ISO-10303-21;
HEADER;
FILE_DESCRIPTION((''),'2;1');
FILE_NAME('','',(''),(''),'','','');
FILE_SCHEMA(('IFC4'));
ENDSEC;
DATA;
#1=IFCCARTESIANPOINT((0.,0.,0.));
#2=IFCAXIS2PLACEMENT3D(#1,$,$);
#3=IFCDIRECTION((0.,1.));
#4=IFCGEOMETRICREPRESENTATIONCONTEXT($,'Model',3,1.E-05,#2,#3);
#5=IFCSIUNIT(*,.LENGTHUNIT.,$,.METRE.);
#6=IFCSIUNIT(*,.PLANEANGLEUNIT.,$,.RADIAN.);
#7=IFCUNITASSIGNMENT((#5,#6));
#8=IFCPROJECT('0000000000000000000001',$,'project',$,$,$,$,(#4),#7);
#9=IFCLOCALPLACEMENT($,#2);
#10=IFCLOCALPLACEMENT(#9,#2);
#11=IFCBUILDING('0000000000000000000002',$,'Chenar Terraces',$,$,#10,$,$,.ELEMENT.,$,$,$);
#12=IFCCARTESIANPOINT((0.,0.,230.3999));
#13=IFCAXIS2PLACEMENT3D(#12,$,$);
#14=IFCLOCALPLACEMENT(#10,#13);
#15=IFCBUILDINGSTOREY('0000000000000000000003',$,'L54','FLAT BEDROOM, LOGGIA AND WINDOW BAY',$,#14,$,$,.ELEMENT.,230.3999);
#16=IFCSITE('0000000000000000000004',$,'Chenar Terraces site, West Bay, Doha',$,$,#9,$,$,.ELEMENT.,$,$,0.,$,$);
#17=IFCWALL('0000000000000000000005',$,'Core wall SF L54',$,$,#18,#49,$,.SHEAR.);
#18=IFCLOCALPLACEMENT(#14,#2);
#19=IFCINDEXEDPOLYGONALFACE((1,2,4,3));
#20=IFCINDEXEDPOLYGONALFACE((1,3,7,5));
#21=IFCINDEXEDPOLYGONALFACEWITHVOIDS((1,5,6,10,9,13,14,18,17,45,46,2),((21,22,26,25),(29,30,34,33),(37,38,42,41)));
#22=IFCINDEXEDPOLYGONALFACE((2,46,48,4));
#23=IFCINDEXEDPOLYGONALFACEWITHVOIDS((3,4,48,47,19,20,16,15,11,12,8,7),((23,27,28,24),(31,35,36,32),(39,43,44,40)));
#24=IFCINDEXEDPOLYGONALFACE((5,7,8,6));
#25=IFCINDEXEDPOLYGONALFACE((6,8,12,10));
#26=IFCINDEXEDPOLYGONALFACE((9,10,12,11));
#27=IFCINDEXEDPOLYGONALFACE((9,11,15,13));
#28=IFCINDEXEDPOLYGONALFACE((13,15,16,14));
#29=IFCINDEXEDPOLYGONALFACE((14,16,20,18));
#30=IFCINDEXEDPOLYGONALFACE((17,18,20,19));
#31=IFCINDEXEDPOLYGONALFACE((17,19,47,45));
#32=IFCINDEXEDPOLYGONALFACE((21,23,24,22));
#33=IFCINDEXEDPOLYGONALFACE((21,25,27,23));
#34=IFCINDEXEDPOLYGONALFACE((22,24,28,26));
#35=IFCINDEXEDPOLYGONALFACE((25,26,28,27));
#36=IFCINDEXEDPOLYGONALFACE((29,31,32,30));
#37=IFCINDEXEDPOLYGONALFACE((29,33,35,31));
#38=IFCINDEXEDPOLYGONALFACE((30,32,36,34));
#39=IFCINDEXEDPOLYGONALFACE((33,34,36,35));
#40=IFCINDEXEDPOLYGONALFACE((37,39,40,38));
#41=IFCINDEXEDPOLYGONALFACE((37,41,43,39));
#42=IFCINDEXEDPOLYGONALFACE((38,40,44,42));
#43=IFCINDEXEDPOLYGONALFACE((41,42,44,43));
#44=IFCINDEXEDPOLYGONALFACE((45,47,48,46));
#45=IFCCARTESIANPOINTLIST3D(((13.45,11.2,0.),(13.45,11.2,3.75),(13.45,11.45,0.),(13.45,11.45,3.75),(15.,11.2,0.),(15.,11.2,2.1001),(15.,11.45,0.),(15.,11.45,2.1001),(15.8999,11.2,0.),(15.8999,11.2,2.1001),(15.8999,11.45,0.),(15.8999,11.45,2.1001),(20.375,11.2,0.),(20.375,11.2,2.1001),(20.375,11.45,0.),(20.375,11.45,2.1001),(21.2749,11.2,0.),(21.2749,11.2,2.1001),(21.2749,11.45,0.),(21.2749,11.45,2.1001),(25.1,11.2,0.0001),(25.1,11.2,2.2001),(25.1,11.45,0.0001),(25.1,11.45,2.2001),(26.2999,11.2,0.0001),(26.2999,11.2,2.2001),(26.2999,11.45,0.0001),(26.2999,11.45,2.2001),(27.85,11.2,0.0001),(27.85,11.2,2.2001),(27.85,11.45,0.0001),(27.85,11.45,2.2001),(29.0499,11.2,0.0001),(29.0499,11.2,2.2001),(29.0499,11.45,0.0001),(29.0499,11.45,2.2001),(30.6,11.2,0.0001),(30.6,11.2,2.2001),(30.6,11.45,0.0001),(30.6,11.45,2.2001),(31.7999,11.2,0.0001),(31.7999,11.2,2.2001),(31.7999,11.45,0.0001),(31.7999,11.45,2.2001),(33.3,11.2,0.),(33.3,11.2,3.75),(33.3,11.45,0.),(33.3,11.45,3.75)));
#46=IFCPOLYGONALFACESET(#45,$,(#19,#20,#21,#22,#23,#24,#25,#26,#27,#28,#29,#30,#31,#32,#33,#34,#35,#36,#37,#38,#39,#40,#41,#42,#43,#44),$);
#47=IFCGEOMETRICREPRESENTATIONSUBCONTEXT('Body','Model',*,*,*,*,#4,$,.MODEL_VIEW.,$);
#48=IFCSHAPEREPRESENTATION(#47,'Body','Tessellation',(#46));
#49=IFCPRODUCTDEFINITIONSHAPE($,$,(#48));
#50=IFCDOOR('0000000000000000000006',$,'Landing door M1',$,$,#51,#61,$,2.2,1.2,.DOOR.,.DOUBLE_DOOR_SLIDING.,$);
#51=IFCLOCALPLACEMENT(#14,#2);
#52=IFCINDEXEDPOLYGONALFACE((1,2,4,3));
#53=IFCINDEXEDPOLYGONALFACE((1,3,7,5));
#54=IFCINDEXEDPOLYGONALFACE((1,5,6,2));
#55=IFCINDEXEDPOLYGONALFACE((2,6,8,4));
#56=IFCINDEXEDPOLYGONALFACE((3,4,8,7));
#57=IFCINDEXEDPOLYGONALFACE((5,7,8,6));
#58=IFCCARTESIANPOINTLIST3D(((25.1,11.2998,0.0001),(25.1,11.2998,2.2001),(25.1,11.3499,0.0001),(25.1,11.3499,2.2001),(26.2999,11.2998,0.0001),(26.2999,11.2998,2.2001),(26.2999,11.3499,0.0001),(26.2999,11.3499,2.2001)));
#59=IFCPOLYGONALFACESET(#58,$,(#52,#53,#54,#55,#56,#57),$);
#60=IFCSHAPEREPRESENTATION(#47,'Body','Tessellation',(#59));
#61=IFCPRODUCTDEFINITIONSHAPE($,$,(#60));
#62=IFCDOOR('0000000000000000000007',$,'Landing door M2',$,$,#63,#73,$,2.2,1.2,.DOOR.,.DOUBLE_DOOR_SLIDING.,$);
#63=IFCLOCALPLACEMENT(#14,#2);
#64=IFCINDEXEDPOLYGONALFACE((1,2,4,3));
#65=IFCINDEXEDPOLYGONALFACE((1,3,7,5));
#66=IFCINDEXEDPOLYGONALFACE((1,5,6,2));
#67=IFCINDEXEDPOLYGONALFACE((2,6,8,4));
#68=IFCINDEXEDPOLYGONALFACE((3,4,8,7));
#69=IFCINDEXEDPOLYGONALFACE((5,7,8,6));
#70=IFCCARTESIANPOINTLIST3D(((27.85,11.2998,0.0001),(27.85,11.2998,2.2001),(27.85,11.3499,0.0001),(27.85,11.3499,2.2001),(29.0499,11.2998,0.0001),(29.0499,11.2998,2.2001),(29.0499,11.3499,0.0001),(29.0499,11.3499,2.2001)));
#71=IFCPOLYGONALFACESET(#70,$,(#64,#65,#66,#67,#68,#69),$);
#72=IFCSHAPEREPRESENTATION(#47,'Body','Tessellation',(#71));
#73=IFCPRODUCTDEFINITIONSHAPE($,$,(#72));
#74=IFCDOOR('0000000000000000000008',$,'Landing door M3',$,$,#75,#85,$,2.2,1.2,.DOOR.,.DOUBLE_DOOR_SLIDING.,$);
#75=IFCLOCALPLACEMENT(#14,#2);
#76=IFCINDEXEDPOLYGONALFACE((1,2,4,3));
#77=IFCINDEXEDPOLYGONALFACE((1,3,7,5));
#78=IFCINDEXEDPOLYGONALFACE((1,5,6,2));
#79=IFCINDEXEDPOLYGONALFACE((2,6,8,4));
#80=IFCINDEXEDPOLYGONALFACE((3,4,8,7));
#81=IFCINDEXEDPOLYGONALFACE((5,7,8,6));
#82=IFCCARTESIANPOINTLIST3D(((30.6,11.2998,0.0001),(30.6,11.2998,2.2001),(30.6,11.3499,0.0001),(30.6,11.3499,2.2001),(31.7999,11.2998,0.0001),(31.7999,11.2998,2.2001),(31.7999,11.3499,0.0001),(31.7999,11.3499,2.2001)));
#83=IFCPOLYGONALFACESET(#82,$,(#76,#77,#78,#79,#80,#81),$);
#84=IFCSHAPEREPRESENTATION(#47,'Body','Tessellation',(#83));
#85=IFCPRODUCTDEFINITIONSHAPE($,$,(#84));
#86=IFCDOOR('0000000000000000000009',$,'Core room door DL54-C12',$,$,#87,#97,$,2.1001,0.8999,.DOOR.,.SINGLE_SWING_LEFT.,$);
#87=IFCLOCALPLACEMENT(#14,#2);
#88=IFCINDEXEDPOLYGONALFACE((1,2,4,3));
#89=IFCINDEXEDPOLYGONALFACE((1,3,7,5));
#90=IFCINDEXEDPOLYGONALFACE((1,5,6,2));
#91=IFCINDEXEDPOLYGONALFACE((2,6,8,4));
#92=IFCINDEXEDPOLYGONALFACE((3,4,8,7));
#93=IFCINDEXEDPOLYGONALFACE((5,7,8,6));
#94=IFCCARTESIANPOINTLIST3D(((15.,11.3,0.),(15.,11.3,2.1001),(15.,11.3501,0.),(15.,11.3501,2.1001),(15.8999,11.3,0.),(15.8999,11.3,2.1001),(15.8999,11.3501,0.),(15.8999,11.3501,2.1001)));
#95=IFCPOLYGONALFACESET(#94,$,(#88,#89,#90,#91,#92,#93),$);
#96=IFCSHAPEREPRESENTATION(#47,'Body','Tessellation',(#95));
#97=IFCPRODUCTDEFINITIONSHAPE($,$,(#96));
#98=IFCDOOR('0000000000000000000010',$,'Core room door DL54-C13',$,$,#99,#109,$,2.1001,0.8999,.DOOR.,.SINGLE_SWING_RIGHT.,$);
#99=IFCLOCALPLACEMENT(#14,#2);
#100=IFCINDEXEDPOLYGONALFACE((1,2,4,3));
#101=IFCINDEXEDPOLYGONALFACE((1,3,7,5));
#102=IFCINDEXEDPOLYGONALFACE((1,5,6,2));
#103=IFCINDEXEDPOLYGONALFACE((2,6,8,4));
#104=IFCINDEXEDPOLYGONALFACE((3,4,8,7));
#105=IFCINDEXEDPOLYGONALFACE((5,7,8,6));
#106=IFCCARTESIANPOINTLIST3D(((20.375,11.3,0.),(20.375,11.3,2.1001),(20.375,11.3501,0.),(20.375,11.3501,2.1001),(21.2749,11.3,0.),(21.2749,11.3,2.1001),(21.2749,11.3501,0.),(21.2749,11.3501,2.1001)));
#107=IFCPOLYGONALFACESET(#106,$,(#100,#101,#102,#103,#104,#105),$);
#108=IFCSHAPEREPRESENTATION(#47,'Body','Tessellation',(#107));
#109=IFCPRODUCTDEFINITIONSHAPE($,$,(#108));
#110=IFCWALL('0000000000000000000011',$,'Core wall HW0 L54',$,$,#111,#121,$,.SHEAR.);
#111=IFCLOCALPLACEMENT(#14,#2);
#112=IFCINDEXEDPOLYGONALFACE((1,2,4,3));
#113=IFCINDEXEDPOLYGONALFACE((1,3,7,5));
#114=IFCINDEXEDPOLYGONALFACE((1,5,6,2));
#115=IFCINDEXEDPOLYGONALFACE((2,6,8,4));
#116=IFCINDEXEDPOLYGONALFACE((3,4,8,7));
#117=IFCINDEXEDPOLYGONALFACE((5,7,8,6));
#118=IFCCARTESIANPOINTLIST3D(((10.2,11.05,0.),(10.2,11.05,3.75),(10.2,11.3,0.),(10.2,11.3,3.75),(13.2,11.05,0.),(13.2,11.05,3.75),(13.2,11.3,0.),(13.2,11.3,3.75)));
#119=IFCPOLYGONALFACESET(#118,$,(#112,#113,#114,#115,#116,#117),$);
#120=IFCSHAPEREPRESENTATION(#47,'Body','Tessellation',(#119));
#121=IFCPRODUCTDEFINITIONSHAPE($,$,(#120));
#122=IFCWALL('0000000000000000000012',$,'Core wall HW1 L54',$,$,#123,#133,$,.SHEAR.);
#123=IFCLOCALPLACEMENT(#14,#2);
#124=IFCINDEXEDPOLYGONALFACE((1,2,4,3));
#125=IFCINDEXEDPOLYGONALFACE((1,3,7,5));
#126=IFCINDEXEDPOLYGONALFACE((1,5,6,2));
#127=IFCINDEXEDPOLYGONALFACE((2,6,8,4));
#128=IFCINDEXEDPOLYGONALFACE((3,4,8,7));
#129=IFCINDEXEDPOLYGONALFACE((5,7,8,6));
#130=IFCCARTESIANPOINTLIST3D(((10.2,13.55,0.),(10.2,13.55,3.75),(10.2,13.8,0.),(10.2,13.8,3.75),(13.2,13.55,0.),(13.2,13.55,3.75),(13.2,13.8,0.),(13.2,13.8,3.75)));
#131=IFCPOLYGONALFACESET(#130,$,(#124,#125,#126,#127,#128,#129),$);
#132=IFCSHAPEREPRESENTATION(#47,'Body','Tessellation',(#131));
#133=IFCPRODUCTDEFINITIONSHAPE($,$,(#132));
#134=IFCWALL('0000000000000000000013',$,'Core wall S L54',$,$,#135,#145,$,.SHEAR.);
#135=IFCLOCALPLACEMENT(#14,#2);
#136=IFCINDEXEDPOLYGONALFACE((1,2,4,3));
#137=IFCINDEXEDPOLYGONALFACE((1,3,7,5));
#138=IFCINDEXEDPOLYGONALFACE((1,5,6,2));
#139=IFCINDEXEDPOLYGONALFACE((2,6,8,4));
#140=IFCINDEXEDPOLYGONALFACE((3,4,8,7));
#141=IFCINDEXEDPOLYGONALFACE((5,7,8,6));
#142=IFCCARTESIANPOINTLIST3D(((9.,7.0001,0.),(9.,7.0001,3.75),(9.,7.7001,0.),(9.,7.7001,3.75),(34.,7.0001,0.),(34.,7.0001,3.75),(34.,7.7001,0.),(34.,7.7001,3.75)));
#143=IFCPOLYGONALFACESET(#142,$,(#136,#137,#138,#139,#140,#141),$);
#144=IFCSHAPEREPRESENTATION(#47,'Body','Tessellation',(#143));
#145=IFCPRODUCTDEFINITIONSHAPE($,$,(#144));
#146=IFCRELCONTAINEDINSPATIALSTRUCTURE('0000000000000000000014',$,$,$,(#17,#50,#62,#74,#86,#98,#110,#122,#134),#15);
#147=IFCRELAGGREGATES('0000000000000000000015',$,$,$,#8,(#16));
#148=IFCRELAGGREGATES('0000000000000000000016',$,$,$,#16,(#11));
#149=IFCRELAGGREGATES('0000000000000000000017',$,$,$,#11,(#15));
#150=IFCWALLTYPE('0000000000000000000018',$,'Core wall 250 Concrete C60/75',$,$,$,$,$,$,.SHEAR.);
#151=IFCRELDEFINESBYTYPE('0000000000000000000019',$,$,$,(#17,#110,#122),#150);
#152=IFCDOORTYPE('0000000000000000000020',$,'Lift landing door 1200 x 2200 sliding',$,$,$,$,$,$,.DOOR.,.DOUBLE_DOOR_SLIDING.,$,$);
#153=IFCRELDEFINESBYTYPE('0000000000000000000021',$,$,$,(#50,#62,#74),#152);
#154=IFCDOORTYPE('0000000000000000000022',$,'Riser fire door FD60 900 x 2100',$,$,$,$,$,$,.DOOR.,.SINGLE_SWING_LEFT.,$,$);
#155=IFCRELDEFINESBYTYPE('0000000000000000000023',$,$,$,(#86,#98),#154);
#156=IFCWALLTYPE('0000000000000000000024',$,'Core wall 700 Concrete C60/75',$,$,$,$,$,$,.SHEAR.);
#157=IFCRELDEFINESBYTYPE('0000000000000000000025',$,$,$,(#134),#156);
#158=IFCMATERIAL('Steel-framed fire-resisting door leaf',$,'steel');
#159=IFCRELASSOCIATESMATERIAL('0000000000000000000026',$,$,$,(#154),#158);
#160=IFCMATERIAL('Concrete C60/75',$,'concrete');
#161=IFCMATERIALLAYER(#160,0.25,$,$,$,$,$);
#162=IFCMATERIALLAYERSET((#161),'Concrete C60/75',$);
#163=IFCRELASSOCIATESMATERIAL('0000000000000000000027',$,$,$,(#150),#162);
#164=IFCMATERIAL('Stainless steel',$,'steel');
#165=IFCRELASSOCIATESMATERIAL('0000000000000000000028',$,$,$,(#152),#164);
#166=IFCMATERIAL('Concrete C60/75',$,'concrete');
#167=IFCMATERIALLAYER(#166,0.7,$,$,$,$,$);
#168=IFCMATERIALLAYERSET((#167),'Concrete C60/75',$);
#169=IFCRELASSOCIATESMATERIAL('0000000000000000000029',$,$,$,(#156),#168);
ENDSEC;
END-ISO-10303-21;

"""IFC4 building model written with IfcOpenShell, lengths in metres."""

from ifc_helpers import new_model, si_unit, direction, frame, frame_2d, origin, place, context, subcontext, project, spatial, rectangle, extrude, material, layer, layer_set, type_object, element, fill, save


model = new_model("IFC4")

# Units and contexts
model_context = context("Model", 3, precision=1e-05, world=origin(), true_north=direction((0.0, 1.0)))
body_context = subcontext(model_context, "Body", "Model", "MODEL_VIEW")
ifc_project = project(units=[si_unit("LENGTHUNIT", "METRE"), si_unit("PLANEANGLEUNIT", "RADIAN")], contexts=[model_context])

# Site, building, storey
site_placement = place(None, origin())
site = spatial("IfcSite", under=ifc_project, at=site_placement, Name="Chenar Terraces site, West Bay, Doha", CompositionType="ELEMENT", RefElevation=0.0)
building_placement = place(site_placement, origin())
building = spatial("IfcBuilding", under=site, at=building_placement, Name="Chenar Terraces", CompositionType="ELEMENT")
storey_placement = place(building_placement, frame((0.0, 0.0, 230.3999)))
storey = spatial("IfcBuildingStorey", under=building, at=storey_placement, Name="L54", Description="FLAT BEDROOM, LOGGIA AND WINDOW BAY", CompositionType="ELEMENT", Elevation=230.3999)

# Shared definitions
ifc_material_1 = material(Name="Steel-framed fire-resisting door leaf", Category="steel")
door_type_1 = type_object("IfcDoorType", Name="Riser fire door FD60 900 x 2100", OperationType="SINGLE_SWING_LEFT", PredefinedType="DOOR", material=ifc_material_1)

# Shared definitions
ifc_material_2 = material(Name="Concrete C60/75", Category="concrete")
ifc_layer_1 = layer(ifc_material_2, 0.25)
ifc_layer_set_1 = layer_set([ifc_layer_1], Name="Concrete C60/75")
wall_type_1 = type_object("IfcWallType", Name="Core wall 250 Concrete C60/75", PredefinedType="SHEAR", material=ifc_layer_set_1)

# Wall, openings, doors
wall_1_placement = place(storey_placement, frame((13.45, 11.325, 0.0), z_axis=(0.0, 0.0, 1.0), x_axis=(1.0, 0.0, 0.0)))
wall_1 = element("IfcWall", 1, at=wall_1_placement, inside=storey, type_object=wall_type_1, Name="Core wall SF L54", PredefinedType="SHEAR", context=body_context, shape_type="SweptSolid", body=[
    extrude(rectangle(XDim=19.8501, YDim=0.25, at=frame_2d((9.925, 0.0))), origin(), (0.0, 0.0, 1.0), 3.75),
])
opening_1_placement = place(wall_1_placement, frame((11.6499, 0.0, 0.0)))
opening_1 = element("IfcOpeningElement", 2, at=opening_1_placement, cuts=wall_1, PredefinedType="OPENING", context=body_context, shape_type="SweptSolid", body=[
    extrude(rectangle(XDim=1.2, YDim=2.2, at=frame_2d((0.6001, 1.1001))), frame((0.0, 0.135, 0.0), z_axis=(0.0, -1.0, 0.0), x_axis=(1.0, 0.0, 0.0)), (0.0, 0.0, 1.0), 0.27),
])
opening_2_placement = place(wall_1_placement, frame((14.3999, 0.0, 0.0)))
opening_2 = element("IfcOpeningElement", 3, at=opening_2_placement, cuts=wall_1, PredefinedType="OPENING", context=body_context, shape_type="SweptSolid", body=[
    extrude(rectangle(XDim=1.2, YDim=2.2, at=frame_2d((0.6001, 1.1001))), frame((0.0, 0.135, 0.0), z_axis=(0.0, -1.0, 0.0), x_axis=(1.0, 0.0, 0.0)), (0.0, 0.0, 1.0), 0.27),
])
opening_3_placement = place(wall_1_placement, frame((17.1499, 0.0, 0.0)))
opening_3 = element("IfcOpeningElement", 4, at=opening_3_placement, cuts=wall_1, PredefinedType="OPENING", context=body_context, shape_type="SweptSolid", body=[
    extrude(rectangle(XDim=1.2, YDim=2.2, at=frame_2d((0.6001, 1.1001))), frame((0.0, 0.135, 0.0), z_axis=(0.0, -1.0, 0.0), x_axis=(1.0, 0.0, 0.0)), (0.0, 0.0, 1.0), 0.27),
])
opening_4_placement = place(wall_1_placement, frame((1.55, 0.0, 0.0)))
opening_4 = element("IfcOpeningElement", 5, at=opening_4_placement, cuts=wall_1, PredefinedType="OPENING", context=body_context, shape_type="SweptSolid", body=[
    extrude(rectangle(XDim=0.8999, YDim=2.1001, at=frame_2d((0.45, 1.05))), frame((0.0, 0.135, 0.0), z_axis=(0.0, -1.0, 0.0), x_axis=(1.0, 0.0, 0.0)), (0.0, 0.0, 1.0), 0.27),
])
opening_5_placement = place(wall_1_placement, frame((6.925, 0.0, 0.0)))
opening_5 = element("IfcOpeningElement", 6, at=opening_5_placement, cuts=wall_1, PredefinedType="OPENING", context=body_context, shape_type="SweptSolid", body=[
    extrude(rectangle(XDim=0.8999, YDim=2.1001, at=frame_2d((0.45, 1.05))), frame((0.0, 0.135, 0.0), z_axis=(0.0, -1.0, 0.0), x_axis=(1.0, 0.0, 0.0)), (0.0, 0.0, 1.0), 0.27),
])
ifc_material_3 = material(Name="Stainless steel", Category="steel")
door_type_2 = type_object("IfcDoorType", Name="Lift landing door 1200 x 2200 sliding", OperationType="DOUBLE_DOOR_SLIDING", PredefinedType="DOOR", material=ifc_material_3)
door_1_placement = place(opening_1_placement, origin())
door_1 = element("IfcDoor", 7, at=door_1_placement, inside=storey, type_object=door_type_2, Name="Landing door M1", OperationType="DOUBLE_DOOR_SLIDING", OverallHeight=2.2, OverallWidth=1.2, PredefinedType="DOOR", context=body_context, shape_type="SweptSolid", body=[
    extrude(rectangle(XDim=1.2, YDim=2.2, at=frame_2d((0.6001, 1.1001))), frame((0.0, 0.0249, 0.0), z_axis=(0.0, -1.0, 0.0), x_axis=(1.0, 0.0, 0.0)), (0.0, 0.0, 1.0), 0.05),
])
fill(opening_1, door_1)
door_2_placement = place(opening_2_placement, origin())
door_2 = element("IfcDoor", 8, at=door_2_placement, inside=storey, type_object=door_type_2, Name="Landing door M2", OperationType="DOUBLE_DOOR_SLIDING", OverallHeight=2.2, OverallWidth=1.2, PredefinedType="DOOR", context=body_context, shape_type="SweptSolid", body=[
    extrude(rectangle(XDim=1.2, YDim=2.2, at=frame_2d((0.6001, 1.1001))), frame((0.0, 0.0249, 0.0), z_axis=(0.0, -1.0, 0.0), x_axis=(1.0, 0.0, 0.0)), (0.0, 0.0, 1.0), 0.05),
])
fill(opening_2, door_2)
door_3_placement = place(opening_3_placement, origin())
door_3 = element("IfcDoor", 9, at=door_3_placement, inside=storey, type_object=door_type_2, Name="Landing door M3", OperationType="DOUBLE_DOOR_SLIDING", OverallHeight=2.2, OverallWidth=1.2, PredefinedType="DOOR", context=body_context, shape_type="SweptSolid", body=[
    extrude(rectangle(XDim=1.2, YDim=2.2, at=frame_2d((0.6001, 1.1001))), frame((0.0, 0.0249, 0.0), z_axis=(0.0, -1.0, 0.0), x_axis=(1.0, 0.0, 0.0)), (0.0, 0.0, 1.0), 0.05),
])
fill(opening_3, door_3)
door_4_placement = place(opening_4_placement, frame((0.8999, 0.0, 0.0), z_axis=(0.0, 0.0, 1.0), x_axis=(-1.0, 0.0, 0.0)))
door_4 = element("IfcDoor", 10, at=door_4_placement, inside=storey, type_object=door_type_1, Name="Core room door DL54-C12", OperationType="SINGLE_SWING_LEFT", OverallHeight=2.1001, OverallWidth=0.8999, PredefinedType="DOOR", context=body_context, shape_type="SweptSolid", body=[
    extrude(rectangle(XDim=0.8999, YDim=2.1001, at=frame_2d((0.45, 1.05))), frame((0.0, 0.0249, 0.0), z_axis=(0.0, -1.0, 0.0), x_axis=(1.0, 0.0, 0.0)), (0.0, 0.0, 1.0), 0.05),
])
fill(opening_4, door_4)
door_5_placement = place(opening_5_placement, frame((0.8999, 0.0, 0.0), z_axis=(0.0, 0.0, 1.0), x_axis=(-1.0, 0.0, 0.0)))
door_5 = element("IfcDoor", 11, at=door_5_placement, inside=storey, type_object=door_type_1, Name="Core room door DL54-C13", OperationType="SINGLE_SWING_RIGHT", OverallHeight=2.1001, OverallWidth=0.8999, PredefinedType="DOOR", context=body_context, shape_type="SweptSolid", body=[
    extrude(rectangle(XDim=0.8999, YDim=2.1001, at=frame_2d((0.45, 1.05))), frame((0.0, 0.0249, 0.0), z_axis=(0.0, -1.0, 0.0), x_axis=(1.0, 0.0, 0.0)), (0.0, 0.0, 1.0), 0.05),
])
fill(opening_5, door_5)

# Walls
for number, where, z_axis, x_axis, name in (
    (12, (10.2, 11.175, 0.0), (0.0, 0.0, 1.0), (1.0, 0.0, 0.0), "Core wall HW0 L54"),
    (13, (10.2, 13.675, 0.0), (0.0, 0.0, 1.0), (1.0, 0.0, 0.0), "Core wall HW1 L54"),
):
    element("IfcWall", number, at=place(storey_placement, frame(where, z_axis=z_axis, x_axis=x_axis)), inside=storey, type_object=wall_type_1, Name=name, PredefinedType="SHEAR", context=body_context, shape_type="SweptSolid", body=[
        extrude(rectangle(XDim=3.0, YDim=0.25, at=frame_2d((1.5, 0.0))), origin(), (0.0, 0.0, 1.0), 3.75),
    ])
ifc_material_4 = material(Name="Concrete C60/75", Category="concrete")
ifc_layer_2 = layer(ifc_material_4, 0.7)
ifc_layer_set_2 = layer_set([ifc_layer_2], Name="Concrete C60/75")
wall_type_2 = type_object("IfcWallType", Name="Core wall 700 Concrete C60/75", PredefinedType="SHEAR", material=ifc_layer_set_2)
wall_2_placement = place(storey_placement, frame((9.0, 7.3501, 0.0), z_axis=(0.0, 0.0, 1.0), x_axis=(1.0, 0.0, 0.0)))
element("IfcWall", 14, at=wall_2_placement, inside=storey, type_object=wall_type_2, Name="Core wall S L54", PredefinedType="SHEAR", context=body_context, shape_type="SweptSolid", body=[
    extrude(rectangle(XDim=25.0, YDim=0.7, at=frame_2d((12.5, 0.0))), origin(), (0.0, 0.0, 1.0), 3.75),
])

save(model, "model.ifc")
